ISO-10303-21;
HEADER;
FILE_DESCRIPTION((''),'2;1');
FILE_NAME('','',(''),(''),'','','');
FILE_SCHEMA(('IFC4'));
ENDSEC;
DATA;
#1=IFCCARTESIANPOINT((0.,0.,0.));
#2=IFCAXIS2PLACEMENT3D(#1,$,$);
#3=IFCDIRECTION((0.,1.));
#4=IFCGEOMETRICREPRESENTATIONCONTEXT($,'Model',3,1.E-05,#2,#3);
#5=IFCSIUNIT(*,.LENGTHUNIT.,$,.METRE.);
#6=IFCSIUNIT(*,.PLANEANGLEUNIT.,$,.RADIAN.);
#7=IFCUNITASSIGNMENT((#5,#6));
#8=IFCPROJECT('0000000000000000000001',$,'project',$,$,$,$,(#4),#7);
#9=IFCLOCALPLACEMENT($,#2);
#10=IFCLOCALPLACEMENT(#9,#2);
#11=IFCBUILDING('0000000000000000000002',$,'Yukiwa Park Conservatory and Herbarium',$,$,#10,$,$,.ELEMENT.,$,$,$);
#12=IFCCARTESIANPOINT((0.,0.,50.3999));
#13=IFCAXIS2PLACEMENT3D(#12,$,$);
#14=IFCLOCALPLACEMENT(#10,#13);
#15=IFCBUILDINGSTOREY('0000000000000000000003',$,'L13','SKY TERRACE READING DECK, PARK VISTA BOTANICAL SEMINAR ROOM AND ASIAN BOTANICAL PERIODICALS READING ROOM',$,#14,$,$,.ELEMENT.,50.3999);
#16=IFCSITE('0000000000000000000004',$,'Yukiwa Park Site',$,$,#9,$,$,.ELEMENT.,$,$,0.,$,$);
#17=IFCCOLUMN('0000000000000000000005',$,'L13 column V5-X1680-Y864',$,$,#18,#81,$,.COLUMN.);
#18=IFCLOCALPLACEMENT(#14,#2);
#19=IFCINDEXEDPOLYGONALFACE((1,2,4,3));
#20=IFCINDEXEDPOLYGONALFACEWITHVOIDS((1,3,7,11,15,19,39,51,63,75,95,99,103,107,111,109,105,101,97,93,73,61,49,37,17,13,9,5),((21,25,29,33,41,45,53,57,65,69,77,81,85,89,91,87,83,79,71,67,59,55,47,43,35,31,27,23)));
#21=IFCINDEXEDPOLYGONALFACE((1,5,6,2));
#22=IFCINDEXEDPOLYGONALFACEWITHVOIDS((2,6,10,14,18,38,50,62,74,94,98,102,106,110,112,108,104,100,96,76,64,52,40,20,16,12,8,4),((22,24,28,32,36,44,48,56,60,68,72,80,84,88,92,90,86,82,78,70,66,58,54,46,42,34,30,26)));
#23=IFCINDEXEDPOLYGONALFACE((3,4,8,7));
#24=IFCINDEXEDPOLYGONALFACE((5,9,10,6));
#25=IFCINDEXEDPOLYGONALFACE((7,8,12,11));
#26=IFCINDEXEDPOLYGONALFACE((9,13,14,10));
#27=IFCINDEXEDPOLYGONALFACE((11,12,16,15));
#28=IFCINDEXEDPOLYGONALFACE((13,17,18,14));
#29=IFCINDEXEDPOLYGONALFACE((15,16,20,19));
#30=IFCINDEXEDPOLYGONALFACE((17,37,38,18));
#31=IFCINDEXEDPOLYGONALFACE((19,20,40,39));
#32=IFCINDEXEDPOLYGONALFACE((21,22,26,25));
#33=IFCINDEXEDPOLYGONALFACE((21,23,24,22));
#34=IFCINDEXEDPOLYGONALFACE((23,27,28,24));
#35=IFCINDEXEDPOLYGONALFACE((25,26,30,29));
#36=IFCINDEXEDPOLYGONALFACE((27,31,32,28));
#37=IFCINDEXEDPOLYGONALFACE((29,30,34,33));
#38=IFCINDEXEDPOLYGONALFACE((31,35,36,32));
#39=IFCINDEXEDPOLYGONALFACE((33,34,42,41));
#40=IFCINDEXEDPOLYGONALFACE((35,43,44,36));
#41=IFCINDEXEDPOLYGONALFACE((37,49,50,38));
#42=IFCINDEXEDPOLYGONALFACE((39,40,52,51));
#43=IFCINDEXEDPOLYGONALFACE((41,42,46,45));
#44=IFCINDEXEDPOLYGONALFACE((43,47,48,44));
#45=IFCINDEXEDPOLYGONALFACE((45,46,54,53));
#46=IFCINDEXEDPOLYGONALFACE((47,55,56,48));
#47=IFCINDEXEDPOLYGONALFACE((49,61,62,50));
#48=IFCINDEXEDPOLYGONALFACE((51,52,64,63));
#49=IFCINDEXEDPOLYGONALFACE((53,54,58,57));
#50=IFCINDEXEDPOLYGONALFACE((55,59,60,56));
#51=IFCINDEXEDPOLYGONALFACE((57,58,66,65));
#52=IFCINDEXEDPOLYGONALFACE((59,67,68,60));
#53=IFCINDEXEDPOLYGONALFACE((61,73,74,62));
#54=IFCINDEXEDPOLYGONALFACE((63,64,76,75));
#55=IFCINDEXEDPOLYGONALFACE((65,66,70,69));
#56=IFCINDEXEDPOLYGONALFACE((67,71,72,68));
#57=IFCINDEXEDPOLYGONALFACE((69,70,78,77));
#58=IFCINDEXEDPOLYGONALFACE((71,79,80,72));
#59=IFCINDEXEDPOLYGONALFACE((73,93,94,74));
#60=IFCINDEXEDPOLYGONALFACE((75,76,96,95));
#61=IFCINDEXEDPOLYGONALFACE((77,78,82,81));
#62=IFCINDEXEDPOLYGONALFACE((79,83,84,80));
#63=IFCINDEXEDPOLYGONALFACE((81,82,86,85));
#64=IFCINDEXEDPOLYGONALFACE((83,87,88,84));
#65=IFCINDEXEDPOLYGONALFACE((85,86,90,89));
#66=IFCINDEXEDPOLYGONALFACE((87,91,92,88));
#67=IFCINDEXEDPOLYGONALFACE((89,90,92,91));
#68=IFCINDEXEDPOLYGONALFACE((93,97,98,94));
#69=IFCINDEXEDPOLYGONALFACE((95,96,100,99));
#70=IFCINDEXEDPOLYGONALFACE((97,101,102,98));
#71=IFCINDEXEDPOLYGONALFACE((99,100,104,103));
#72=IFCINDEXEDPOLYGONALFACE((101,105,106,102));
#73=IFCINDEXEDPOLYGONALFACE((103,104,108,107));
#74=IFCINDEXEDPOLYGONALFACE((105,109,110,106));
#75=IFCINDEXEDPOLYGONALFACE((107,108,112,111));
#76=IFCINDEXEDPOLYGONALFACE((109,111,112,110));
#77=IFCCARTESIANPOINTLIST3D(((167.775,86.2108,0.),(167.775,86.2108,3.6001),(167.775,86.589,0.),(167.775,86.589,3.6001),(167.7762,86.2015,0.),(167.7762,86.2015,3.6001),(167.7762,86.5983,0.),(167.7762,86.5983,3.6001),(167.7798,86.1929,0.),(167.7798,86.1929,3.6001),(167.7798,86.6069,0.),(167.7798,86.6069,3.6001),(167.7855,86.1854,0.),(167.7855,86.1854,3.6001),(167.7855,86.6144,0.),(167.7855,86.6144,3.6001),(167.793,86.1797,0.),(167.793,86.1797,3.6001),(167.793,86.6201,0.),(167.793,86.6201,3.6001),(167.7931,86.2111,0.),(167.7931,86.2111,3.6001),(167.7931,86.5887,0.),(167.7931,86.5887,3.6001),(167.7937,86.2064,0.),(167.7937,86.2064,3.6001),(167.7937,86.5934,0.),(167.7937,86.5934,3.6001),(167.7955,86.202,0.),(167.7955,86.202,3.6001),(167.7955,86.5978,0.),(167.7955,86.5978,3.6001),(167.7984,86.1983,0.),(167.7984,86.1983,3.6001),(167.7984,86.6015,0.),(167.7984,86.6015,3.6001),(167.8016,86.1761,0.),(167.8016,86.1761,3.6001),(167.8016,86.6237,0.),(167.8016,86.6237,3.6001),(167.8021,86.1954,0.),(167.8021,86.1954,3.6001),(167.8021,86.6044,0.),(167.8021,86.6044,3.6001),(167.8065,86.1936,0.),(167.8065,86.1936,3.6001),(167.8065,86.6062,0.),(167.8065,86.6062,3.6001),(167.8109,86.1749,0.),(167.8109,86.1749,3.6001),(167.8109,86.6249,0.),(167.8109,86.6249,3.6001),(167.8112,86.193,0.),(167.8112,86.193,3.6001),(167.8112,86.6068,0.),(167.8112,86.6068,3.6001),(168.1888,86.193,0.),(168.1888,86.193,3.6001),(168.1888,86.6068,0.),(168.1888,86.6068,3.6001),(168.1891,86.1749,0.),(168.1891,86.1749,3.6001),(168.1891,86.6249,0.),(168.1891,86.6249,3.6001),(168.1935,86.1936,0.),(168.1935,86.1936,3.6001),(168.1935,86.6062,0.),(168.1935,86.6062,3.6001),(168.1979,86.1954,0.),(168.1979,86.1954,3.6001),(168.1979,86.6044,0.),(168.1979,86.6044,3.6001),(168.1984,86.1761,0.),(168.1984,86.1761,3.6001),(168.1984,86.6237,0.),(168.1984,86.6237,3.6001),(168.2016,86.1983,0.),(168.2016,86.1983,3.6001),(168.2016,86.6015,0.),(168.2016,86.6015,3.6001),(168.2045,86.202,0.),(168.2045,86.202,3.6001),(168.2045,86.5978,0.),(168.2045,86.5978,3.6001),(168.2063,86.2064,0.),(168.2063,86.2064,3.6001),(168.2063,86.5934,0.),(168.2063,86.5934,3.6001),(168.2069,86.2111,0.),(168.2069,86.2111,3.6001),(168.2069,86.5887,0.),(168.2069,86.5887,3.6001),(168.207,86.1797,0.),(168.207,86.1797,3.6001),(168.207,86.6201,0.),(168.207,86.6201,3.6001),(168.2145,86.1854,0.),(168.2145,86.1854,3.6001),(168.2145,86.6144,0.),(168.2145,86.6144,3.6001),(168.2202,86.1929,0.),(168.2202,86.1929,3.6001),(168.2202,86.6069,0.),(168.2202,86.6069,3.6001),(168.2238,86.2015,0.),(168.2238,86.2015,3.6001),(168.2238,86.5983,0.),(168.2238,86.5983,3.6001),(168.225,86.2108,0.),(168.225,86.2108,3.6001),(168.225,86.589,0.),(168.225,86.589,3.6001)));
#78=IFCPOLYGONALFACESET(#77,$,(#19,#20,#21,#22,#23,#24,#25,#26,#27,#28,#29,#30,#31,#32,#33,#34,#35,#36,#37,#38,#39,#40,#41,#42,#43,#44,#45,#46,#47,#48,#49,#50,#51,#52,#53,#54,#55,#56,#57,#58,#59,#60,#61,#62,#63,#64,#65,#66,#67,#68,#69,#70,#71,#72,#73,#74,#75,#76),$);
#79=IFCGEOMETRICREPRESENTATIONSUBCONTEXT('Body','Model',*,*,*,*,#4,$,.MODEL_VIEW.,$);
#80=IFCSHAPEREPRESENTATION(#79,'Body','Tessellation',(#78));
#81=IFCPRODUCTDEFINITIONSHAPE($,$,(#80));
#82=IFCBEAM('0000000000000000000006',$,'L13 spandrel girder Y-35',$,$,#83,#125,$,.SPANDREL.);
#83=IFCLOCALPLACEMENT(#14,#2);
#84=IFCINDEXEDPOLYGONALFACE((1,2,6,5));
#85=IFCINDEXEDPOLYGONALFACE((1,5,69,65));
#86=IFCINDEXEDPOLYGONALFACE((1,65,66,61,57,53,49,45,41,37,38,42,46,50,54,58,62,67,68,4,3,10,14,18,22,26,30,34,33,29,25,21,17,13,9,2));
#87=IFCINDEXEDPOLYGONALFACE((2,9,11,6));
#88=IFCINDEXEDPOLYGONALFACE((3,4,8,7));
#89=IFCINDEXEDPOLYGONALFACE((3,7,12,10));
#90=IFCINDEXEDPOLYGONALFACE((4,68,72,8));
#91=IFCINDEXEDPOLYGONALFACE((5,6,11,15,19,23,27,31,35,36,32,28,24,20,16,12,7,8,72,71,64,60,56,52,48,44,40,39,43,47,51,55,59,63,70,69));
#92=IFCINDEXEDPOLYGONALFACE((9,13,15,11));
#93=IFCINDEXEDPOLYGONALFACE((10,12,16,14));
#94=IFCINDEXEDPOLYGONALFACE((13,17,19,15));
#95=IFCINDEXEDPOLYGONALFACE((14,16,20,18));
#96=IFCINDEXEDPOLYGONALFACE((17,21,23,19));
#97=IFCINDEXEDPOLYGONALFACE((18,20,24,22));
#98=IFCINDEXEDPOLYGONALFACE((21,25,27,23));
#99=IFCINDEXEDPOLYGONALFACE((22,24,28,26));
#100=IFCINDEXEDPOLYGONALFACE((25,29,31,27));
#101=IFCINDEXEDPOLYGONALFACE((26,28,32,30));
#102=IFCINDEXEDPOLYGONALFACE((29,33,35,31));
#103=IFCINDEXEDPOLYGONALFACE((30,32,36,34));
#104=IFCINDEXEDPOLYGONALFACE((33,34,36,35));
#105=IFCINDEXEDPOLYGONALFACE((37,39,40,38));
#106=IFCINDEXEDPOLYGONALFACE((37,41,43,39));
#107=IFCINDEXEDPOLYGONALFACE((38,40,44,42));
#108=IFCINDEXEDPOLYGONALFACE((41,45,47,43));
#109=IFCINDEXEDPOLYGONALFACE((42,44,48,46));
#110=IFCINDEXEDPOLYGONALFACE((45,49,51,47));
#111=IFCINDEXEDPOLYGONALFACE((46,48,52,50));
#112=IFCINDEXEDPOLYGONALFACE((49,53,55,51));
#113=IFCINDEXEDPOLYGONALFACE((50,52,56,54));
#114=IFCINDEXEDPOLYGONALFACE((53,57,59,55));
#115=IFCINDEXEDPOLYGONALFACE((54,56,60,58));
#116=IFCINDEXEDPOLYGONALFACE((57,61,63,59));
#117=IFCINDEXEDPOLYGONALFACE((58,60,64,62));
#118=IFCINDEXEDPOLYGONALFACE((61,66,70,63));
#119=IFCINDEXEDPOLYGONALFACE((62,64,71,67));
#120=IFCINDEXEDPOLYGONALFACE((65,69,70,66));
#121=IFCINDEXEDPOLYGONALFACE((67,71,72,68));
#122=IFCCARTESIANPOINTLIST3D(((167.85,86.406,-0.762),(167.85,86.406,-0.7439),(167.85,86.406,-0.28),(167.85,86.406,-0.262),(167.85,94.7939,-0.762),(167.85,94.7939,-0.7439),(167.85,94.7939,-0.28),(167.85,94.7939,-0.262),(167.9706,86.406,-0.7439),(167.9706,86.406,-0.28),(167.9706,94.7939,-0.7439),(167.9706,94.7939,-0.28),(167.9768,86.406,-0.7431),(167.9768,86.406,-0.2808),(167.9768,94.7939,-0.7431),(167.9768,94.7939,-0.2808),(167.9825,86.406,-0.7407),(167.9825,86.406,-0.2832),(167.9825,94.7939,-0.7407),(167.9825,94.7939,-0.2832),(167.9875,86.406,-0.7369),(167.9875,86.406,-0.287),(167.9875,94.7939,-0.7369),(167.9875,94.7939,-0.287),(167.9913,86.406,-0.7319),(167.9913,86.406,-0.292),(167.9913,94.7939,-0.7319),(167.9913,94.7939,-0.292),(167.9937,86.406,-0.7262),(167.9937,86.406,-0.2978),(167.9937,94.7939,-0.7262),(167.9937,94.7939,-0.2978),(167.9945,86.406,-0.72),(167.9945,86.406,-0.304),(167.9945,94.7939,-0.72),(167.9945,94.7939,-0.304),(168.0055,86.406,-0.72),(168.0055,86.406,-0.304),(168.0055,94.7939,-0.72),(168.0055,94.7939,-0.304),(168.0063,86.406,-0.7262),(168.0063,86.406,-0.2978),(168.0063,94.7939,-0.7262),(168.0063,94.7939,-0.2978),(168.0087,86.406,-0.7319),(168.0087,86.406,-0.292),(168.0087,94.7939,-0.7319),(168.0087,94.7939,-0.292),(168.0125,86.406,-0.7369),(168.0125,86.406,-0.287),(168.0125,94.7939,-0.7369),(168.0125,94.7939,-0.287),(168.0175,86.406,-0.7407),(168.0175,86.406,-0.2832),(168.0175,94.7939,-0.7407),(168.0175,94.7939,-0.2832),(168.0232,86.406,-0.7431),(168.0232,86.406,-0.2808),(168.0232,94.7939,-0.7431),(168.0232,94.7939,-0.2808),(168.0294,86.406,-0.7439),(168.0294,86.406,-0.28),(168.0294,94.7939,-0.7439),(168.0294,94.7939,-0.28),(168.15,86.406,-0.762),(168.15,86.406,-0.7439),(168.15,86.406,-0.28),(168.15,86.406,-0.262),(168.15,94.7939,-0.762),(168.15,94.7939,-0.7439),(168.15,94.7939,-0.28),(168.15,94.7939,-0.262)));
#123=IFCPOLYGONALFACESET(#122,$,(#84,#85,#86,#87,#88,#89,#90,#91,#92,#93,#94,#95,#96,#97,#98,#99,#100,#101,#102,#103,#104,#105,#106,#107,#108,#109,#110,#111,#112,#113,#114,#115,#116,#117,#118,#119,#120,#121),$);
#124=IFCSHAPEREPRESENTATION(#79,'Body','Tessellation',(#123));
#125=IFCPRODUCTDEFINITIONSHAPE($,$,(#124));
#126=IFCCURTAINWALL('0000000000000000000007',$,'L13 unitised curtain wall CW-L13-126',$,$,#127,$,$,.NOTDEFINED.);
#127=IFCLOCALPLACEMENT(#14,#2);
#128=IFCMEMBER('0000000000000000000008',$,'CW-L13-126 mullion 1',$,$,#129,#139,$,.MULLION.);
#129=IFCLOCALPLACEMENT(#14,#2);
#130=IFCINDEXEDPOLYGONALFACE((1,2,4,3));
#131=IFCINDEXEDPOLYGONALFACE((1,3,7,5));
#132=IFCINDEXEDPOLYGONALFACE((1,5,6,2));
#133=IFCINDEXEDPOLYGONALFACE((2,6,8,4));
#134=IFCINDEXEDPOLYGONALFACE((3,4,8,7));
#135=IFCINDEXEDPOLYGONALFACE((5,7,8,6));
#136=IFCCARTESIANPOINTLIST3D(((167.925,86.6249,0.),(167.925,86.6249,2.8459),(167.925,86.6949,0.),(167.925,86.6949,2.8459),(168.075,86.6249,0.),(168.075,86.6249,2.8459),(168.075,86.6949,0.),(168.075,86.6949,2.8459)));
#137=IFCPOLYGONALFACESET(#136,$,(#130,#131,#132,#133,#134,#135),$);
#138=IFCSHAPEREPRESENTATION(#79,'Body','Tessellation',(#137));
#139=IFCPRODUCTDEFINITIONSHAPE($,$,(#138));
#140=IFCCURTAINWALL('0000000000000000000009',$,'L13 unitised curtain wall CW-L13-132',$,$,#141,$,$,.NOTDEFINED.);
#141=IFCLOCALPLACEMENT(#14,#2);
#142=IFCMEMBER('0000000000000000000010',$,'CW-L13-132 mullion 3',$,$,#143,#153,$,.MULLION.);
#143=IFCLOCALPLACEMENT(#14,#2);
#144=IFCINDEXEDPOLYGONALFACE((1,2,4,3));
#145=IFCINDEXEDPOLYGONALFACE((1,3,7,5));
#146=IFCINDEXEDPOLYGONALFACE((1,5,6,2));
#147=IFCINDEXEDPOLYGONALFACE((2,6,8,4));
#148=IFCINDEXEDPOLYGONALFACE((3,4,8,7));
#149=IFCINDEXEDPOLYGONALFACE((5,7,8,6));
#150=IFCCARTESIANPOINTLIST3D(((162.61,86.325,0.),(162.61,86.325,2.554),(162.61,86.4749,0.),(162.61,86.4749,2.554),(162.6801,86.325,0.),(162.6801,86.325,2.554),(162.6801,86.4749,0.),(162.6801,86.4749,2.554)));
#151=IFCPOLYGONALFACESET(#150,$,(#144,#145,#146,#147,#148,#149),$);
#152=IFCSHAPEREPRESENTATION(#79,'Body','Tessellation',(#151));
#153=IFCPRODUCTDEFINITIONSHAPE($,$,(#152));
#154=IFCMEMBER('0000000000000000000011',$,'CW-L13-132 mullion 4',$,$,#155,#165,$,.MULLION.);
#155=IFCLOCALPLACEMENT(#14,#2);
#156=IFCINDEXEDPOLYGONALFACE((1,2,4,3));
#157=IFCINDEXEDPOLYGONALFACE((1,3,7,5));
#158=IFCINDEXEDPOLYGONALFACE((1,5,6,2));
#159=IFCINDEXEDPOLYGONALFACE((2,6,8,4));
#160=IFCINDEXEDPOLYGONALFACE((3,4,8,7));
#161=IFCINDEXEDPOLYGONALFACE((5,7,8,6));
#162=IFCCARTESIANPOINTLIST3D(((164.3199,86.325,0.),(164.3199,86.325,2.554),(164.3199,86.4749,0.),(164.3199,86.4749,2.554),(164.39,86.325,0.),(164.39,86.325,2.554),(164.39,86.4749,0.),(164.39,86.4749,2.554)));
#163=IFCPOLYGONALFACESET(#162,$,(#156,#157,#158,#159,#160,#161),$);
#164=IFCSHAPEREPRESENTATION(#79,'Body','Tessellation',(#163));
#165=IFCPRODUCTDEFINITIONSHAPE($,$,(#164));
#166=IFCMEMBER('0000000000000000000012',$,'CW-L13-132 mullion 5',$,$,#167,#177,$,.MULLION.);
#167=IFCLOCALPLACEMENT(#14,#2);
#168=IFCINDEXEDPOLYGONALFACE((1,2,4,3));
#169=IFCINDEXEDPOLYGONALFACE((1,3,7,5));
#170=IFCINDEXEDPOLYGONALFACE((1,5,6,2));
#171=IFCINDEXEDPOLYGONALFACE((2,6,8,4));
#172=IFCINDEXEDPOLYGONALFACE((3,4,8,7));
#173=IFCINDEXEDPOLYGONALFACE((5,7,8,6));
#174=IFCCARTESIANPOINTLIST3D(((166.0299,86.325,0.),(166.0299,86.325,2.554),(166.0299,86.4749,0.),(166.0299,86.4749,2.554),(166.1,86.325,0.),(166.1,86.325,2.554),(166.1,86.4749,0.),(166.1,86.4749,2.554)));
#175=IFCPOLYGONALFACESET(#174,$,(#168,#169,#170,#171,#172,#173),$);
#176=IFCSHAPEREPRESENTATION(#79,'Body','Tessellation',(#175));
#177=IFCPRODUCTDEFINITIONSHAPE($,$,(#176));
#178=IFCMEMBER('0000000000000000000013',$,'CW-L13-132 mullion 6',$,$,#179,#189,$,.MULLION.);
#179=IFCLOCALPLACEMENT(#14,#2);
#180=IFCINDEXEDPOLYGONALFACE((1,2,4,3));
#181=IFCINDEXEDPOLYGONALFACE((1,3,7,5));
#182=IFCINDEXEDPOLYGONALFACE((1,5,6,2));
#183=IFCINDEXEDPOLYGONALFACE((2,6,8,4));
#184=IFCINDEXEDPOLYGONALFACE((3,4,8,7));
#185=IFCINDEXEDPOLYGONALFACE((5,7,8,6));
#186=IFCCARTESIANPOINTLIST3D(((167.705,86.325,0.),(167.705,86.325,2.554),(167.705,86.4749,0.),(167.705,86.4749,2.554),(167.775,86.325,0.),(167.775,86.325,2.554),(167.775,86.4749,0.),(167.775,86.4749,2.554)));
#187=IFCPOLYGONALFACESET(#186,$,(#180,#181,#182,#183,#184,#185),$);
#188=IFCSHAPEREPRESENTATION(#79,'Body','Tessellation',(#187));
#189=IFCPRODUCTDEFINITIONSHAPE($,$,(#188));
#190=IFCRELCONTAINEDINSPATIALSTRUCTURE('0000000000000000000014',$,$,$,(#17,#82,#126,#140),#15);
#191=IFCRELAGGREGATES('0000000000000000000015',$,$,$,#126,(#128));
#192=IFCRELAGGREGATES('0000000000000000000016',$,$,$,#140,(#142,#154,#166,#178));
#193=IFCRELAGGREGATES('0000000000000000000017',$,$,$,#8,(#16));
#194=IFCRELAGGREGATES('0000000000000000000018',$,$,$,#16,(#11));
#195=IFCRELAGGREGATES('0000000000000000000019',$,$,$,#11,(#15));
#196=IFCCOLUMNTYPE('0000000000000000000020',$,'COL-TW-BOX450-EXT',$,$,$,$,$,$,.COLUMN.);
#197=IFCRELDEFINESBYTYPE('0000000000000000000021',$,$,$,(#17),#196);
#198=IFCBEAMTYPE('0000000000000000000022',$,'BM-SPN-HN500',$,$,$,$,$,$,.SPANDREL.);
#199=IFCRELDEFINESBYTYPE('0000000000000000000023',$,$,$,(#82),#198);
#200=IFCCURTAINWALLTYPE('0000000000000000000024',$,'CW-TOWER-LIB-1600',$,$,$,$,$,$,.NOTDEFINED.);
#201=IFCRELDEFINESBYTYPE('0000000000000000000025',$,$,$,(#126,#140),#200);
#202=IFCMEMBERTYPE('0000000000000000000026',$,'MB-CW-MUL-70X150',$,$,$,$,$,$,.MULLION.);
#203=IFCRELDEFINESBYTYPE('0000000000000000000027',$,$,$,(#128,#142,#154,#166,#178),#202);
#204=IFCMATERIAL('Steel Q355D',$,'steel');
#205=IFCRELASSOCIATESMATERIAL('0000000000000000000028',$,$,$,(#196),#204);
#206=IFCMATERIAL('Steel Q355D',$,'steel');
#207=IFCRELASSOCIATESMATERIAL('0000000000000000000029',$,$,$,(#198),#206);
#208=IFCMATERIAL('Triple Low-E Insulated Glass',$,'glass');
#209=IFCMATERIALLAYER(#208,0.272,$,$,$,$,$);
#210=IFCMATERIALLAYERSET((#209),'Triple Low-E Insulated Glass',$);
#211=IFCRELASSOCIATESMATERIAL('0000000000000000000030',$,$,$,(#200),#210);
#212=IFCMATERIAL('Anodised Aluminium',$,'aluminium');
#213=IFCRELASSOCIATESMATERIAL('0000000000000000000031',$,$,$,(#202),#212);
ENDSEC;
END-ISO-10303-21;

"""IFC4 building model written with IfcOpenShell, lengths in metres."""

from ifc_helpers import new_model, si_unit, direction, frame, origin, origin_2d, place, context, subcontext, project, spatial, rectangle, hollow_rectangle, i_section, extrude, material, layer, layer_set, material_profile, profile_set, type_object, element, aggregate, save


model = new_model("IFC4")

# Units and contexts
model_context = context("Model", 3, precision=1e-05, world=origin(), true_north=direction((0.0, 1.0)))
body_context = subcontext(model_context, "Body", "Model", "MODEL_VIEW")
ifc_project = project(units=[si_unit("LENGTHUNIT", "METRE"), si_unit("PLANEANGLEUNIT", "RADIAN")], contexts=[model_context])

# Site, building, storey
site_placement = place(None, origin())
site = spatial("IfcSite", under=ifc_project, at=site_placement, Name="Yukiwa Park Site", CompositionType="ELEMENT", RefElevation=0.0)
building_placement = place(site_placement, origin())
building = spatial("IfcBuilding", under=site, at=building_placement, Name="Yukiwa Park Conservatory and Herbarium", CompositionType="ELEMENT")
storey_placement = place(building_placement, frame((0.0, 0.0, 50.3999)))
storey = spatial("IfcBuildingStorey", under=building, at=storey_placement, Name="L13", Description="SKY TERRACE READING DECK, PARK VISTA BOTANICAL SEMINAR ROOM AND ASIAN BOTANICAL PERIODICALS READING ROOM", CompositionType="ELEMENT", Elevation=50.3999)

# Column
ifc_material_1 = material(Name="Steel Q355D", Category="steel")
ifc_material_profile_1 = material_profile(ifc_material_1, hollow_rectangle(XDim=0.45, YDim=0.45, WallThickness=0.0181, InnerFilletRadius=0.0181, OuterFilletRadius=0.0359, at=origin_2d()), Name="BOX 450x450x18")
ifc_profile_set_1 = profile_set([ifc_material_profile_1], Name="Steel Q355D")
column_type = type_object("IfcColumnType", Name="COL-TW-BOX450-EXT", PredefinedType="COLUMN", material=ifc_profile_set_1)
column_placement = place(storey_placement, frame((168.0, 86.3999, 0.0), z_axis=(0.0, 0.0, 1.0), x_axis=(1.0, 0.0, 0.0)))
element("IfcColumn", 1, at=column_placement, inside=storey, type_object=column_type, Name="L13 column V5-X1680-Y864", PredefinedType="COLUMN", context=body_context, shape_type="SweptSolid", body=[
    extrude(hollow_rectangle(XDim=0.45, YDim=0.45, WallThickness=0.0181, InnerFilletRadius=0.0181, OuterFilletRadius=0.0359, at=origin_2d()), origin(), (0.0, 0.0, 1.0), 3.6001),
])

# Beam
ifc_material_2 = material(Name="Steel Q355D", Category="steel")
ifc_material_profile_2 = material_profile(ifc_material_2, i_section(OverallWidth=0.3, OverallDepth=0.5, WebThickness=0.011, FlangeThickness=0.0181, FilletRadius=0.0239, at=origin_2d()), Name="HM 500x300x11x18")
ifc_profile_set_2 = profile_set([ifc_material_profile_2], Name="Steel Q355D")
beam_type = type_object("IfcBeamType", Name="BM-SPN-HN500", PredefinedType="SPANDREL", material=ifc_profile_set_2)
beam_placement = place(storey_placement, frame((168.0, 86.406, -0.512), z_axis=(0.0, 1.0, 0.0), x_axis=(-1.0, 0.0, 0.0)))
element("IfcBeam", 2, at=beam_placement, inside=storey, type_object=beam_type, Name="L13 spandrel girder Y-35", PredefinedType="SPANDREL", context=body_context, shape_type="SweptSolid", body=[
    extrude(i_section(OverallWidth=0.3, OverallDepth=0.5, WebThickness=0.011, FlangeThickness=0.0181, FilletRadius=0.0239, at=origin_2d()), origin(), (0.0, 0.0, 1.0), 8.3879),
])

# Curtain wall, member
ifc_material_3 = material(Name="Triple Low-E Insulated Glass", Category="glass")
ifc_layer_1 = layer(ifc_material_3, 0.272)
ifc_layer_set_1 = layer_set([ifc_layer_1], Name="Triple Low-E Insulated Glass")
curtain_wall_type = type_object("IfcCurtainWallType", Name="CW-TOWER-LIB-1600", PredefinedType="NOTDEFINED", material=ifc_layer_set_1)
curtain_wall_1_placement = place(storey_placement, origin())
curtain_wall_1 = element("IfcCurtainWall", 3, at=curtain_wall_1_placement, inside=storey, type_object=curtain_wall_type, Name="L13 unitised curtain wall CW-L13-126", PredefinedType="NOTDEFINED")
ifc_material_4 = material(Name="Anodised Aluminium", Category="aluminium")
member_type_1 = type_object("IfcMemberType", Name="MB-CW-MUL-70X150", PredefinedType="MULLION", material=ifc_material_4)
member_1_placement = place(storey_placement, frame((168.0, 86.6599, 0.0), z_axis=(0.0, 0.0, 1.0), x_axis=(0.0, 1.0, 0.0)))
member_1 = element("IfcMember", 4, at=member_1_placement, type_object=member_type_1, Name="CW-L13-126 mullion 1", PredefinedType="MULLION", context=body_context, shape_type="SweptSolid", body=[
    extrude(rectangle(XDim=0.0701, YDim=0.1499, at=origin_2d()), origin(), (0.0, 0.0, 1.0), 2.8459),
])

# Curtain wall, members
curtain_wall_2_placement = place(storey_placement, origin())
curtain_wall_2 = element("IfcCurtainWall", 5, at=curtain_wall_2_placement, inside=storey, type_object=curtain_wall_type, Name="L13 unitised curtain wall CW-L13-132", PredefinedType="NOTDEFINED")
member_2_placement = place(storey_placement, frame((162.645, 86.3999, 0.0), z_axis=(0.0, 0.0, 1.0), x_axis=(1.0, 0.0, 0.0)))
member_2 = element("IfcMember", 6, at=member_2_placement, type_object=member_type_1, Name="CW-L13-132 mullion 3", PredefinedType="MULLION", context=body_context, shape_type="SweptSolid", body=[
    extrude(rectangle(XDim=0.0701, YDim=0.1499, at=origin_2d()), origin(), (0.0, 0.0, 1.0), 2.554),
])
member_3_placement = place(storey_placement, frame((164.355, 86.3999, 0.0), z_axis=(0.0, 0.0, 1.0), x_axis=(1.0, 0.0, 0.0)))
member_3 = element("IfcMember", 7, at=member_3_placement, type_object=member_type_1, Name="CW-L13-132 mullion 4", PredefinedType="MULLION", context=body_context, shape_type="SweptSolid", body=[
    extrude(rectangle(XDim=0.0701, YDim=0.1499, at=origin_2d()), origin(), (0.0, 0.0, 1.0), 2.554),
])
member_4_placement = place(storey_placement, frame((166.0649, 86.3999, 0.0), z_axis=(0.0, 0.0, 1.0), x_axis=(1.0, 0.0, 0.0)))
member_4 = element("IfcMember", 8, at=member_4_placement, type_object=member_type_1, Name="CW-L13-132 mullion 5", PredefinedType="MULLION", context=body_context, shape_type="SweptSolid", body=[
    extrude(rectangle(XDim=0.0701, YDim=0.1499, at=origin_2d()), origin(), (0.0, 0.0, 1.0), 2.554),
])
member_5_placement = place(storey_placement, frame((167.74, 86.3999, 0.0), z_axis=(0.0, 0.0, 1.0), x_axis=(1.0, 0.0, 0.0)))
member_5 = element("IfcMember", 9, at=member_5_placement, type_object=member_type_1, Name="CW-L13-132 mullion 6", PredefinedType="MULLION", context=body_context, shape_type="SweptSolid", body=[
    extrude(rectangle(XDim=0.0701, YDim=0.1499, at=origin_2d()), origin(), (0.0, 0.0, 1.0), 2.554),
])

aggregate(curtain_wall_1, [member_1])

aggregate(curtain_wall_2, [member_2, member_3, member_4, member_5])

save(model, "model.ifc")
